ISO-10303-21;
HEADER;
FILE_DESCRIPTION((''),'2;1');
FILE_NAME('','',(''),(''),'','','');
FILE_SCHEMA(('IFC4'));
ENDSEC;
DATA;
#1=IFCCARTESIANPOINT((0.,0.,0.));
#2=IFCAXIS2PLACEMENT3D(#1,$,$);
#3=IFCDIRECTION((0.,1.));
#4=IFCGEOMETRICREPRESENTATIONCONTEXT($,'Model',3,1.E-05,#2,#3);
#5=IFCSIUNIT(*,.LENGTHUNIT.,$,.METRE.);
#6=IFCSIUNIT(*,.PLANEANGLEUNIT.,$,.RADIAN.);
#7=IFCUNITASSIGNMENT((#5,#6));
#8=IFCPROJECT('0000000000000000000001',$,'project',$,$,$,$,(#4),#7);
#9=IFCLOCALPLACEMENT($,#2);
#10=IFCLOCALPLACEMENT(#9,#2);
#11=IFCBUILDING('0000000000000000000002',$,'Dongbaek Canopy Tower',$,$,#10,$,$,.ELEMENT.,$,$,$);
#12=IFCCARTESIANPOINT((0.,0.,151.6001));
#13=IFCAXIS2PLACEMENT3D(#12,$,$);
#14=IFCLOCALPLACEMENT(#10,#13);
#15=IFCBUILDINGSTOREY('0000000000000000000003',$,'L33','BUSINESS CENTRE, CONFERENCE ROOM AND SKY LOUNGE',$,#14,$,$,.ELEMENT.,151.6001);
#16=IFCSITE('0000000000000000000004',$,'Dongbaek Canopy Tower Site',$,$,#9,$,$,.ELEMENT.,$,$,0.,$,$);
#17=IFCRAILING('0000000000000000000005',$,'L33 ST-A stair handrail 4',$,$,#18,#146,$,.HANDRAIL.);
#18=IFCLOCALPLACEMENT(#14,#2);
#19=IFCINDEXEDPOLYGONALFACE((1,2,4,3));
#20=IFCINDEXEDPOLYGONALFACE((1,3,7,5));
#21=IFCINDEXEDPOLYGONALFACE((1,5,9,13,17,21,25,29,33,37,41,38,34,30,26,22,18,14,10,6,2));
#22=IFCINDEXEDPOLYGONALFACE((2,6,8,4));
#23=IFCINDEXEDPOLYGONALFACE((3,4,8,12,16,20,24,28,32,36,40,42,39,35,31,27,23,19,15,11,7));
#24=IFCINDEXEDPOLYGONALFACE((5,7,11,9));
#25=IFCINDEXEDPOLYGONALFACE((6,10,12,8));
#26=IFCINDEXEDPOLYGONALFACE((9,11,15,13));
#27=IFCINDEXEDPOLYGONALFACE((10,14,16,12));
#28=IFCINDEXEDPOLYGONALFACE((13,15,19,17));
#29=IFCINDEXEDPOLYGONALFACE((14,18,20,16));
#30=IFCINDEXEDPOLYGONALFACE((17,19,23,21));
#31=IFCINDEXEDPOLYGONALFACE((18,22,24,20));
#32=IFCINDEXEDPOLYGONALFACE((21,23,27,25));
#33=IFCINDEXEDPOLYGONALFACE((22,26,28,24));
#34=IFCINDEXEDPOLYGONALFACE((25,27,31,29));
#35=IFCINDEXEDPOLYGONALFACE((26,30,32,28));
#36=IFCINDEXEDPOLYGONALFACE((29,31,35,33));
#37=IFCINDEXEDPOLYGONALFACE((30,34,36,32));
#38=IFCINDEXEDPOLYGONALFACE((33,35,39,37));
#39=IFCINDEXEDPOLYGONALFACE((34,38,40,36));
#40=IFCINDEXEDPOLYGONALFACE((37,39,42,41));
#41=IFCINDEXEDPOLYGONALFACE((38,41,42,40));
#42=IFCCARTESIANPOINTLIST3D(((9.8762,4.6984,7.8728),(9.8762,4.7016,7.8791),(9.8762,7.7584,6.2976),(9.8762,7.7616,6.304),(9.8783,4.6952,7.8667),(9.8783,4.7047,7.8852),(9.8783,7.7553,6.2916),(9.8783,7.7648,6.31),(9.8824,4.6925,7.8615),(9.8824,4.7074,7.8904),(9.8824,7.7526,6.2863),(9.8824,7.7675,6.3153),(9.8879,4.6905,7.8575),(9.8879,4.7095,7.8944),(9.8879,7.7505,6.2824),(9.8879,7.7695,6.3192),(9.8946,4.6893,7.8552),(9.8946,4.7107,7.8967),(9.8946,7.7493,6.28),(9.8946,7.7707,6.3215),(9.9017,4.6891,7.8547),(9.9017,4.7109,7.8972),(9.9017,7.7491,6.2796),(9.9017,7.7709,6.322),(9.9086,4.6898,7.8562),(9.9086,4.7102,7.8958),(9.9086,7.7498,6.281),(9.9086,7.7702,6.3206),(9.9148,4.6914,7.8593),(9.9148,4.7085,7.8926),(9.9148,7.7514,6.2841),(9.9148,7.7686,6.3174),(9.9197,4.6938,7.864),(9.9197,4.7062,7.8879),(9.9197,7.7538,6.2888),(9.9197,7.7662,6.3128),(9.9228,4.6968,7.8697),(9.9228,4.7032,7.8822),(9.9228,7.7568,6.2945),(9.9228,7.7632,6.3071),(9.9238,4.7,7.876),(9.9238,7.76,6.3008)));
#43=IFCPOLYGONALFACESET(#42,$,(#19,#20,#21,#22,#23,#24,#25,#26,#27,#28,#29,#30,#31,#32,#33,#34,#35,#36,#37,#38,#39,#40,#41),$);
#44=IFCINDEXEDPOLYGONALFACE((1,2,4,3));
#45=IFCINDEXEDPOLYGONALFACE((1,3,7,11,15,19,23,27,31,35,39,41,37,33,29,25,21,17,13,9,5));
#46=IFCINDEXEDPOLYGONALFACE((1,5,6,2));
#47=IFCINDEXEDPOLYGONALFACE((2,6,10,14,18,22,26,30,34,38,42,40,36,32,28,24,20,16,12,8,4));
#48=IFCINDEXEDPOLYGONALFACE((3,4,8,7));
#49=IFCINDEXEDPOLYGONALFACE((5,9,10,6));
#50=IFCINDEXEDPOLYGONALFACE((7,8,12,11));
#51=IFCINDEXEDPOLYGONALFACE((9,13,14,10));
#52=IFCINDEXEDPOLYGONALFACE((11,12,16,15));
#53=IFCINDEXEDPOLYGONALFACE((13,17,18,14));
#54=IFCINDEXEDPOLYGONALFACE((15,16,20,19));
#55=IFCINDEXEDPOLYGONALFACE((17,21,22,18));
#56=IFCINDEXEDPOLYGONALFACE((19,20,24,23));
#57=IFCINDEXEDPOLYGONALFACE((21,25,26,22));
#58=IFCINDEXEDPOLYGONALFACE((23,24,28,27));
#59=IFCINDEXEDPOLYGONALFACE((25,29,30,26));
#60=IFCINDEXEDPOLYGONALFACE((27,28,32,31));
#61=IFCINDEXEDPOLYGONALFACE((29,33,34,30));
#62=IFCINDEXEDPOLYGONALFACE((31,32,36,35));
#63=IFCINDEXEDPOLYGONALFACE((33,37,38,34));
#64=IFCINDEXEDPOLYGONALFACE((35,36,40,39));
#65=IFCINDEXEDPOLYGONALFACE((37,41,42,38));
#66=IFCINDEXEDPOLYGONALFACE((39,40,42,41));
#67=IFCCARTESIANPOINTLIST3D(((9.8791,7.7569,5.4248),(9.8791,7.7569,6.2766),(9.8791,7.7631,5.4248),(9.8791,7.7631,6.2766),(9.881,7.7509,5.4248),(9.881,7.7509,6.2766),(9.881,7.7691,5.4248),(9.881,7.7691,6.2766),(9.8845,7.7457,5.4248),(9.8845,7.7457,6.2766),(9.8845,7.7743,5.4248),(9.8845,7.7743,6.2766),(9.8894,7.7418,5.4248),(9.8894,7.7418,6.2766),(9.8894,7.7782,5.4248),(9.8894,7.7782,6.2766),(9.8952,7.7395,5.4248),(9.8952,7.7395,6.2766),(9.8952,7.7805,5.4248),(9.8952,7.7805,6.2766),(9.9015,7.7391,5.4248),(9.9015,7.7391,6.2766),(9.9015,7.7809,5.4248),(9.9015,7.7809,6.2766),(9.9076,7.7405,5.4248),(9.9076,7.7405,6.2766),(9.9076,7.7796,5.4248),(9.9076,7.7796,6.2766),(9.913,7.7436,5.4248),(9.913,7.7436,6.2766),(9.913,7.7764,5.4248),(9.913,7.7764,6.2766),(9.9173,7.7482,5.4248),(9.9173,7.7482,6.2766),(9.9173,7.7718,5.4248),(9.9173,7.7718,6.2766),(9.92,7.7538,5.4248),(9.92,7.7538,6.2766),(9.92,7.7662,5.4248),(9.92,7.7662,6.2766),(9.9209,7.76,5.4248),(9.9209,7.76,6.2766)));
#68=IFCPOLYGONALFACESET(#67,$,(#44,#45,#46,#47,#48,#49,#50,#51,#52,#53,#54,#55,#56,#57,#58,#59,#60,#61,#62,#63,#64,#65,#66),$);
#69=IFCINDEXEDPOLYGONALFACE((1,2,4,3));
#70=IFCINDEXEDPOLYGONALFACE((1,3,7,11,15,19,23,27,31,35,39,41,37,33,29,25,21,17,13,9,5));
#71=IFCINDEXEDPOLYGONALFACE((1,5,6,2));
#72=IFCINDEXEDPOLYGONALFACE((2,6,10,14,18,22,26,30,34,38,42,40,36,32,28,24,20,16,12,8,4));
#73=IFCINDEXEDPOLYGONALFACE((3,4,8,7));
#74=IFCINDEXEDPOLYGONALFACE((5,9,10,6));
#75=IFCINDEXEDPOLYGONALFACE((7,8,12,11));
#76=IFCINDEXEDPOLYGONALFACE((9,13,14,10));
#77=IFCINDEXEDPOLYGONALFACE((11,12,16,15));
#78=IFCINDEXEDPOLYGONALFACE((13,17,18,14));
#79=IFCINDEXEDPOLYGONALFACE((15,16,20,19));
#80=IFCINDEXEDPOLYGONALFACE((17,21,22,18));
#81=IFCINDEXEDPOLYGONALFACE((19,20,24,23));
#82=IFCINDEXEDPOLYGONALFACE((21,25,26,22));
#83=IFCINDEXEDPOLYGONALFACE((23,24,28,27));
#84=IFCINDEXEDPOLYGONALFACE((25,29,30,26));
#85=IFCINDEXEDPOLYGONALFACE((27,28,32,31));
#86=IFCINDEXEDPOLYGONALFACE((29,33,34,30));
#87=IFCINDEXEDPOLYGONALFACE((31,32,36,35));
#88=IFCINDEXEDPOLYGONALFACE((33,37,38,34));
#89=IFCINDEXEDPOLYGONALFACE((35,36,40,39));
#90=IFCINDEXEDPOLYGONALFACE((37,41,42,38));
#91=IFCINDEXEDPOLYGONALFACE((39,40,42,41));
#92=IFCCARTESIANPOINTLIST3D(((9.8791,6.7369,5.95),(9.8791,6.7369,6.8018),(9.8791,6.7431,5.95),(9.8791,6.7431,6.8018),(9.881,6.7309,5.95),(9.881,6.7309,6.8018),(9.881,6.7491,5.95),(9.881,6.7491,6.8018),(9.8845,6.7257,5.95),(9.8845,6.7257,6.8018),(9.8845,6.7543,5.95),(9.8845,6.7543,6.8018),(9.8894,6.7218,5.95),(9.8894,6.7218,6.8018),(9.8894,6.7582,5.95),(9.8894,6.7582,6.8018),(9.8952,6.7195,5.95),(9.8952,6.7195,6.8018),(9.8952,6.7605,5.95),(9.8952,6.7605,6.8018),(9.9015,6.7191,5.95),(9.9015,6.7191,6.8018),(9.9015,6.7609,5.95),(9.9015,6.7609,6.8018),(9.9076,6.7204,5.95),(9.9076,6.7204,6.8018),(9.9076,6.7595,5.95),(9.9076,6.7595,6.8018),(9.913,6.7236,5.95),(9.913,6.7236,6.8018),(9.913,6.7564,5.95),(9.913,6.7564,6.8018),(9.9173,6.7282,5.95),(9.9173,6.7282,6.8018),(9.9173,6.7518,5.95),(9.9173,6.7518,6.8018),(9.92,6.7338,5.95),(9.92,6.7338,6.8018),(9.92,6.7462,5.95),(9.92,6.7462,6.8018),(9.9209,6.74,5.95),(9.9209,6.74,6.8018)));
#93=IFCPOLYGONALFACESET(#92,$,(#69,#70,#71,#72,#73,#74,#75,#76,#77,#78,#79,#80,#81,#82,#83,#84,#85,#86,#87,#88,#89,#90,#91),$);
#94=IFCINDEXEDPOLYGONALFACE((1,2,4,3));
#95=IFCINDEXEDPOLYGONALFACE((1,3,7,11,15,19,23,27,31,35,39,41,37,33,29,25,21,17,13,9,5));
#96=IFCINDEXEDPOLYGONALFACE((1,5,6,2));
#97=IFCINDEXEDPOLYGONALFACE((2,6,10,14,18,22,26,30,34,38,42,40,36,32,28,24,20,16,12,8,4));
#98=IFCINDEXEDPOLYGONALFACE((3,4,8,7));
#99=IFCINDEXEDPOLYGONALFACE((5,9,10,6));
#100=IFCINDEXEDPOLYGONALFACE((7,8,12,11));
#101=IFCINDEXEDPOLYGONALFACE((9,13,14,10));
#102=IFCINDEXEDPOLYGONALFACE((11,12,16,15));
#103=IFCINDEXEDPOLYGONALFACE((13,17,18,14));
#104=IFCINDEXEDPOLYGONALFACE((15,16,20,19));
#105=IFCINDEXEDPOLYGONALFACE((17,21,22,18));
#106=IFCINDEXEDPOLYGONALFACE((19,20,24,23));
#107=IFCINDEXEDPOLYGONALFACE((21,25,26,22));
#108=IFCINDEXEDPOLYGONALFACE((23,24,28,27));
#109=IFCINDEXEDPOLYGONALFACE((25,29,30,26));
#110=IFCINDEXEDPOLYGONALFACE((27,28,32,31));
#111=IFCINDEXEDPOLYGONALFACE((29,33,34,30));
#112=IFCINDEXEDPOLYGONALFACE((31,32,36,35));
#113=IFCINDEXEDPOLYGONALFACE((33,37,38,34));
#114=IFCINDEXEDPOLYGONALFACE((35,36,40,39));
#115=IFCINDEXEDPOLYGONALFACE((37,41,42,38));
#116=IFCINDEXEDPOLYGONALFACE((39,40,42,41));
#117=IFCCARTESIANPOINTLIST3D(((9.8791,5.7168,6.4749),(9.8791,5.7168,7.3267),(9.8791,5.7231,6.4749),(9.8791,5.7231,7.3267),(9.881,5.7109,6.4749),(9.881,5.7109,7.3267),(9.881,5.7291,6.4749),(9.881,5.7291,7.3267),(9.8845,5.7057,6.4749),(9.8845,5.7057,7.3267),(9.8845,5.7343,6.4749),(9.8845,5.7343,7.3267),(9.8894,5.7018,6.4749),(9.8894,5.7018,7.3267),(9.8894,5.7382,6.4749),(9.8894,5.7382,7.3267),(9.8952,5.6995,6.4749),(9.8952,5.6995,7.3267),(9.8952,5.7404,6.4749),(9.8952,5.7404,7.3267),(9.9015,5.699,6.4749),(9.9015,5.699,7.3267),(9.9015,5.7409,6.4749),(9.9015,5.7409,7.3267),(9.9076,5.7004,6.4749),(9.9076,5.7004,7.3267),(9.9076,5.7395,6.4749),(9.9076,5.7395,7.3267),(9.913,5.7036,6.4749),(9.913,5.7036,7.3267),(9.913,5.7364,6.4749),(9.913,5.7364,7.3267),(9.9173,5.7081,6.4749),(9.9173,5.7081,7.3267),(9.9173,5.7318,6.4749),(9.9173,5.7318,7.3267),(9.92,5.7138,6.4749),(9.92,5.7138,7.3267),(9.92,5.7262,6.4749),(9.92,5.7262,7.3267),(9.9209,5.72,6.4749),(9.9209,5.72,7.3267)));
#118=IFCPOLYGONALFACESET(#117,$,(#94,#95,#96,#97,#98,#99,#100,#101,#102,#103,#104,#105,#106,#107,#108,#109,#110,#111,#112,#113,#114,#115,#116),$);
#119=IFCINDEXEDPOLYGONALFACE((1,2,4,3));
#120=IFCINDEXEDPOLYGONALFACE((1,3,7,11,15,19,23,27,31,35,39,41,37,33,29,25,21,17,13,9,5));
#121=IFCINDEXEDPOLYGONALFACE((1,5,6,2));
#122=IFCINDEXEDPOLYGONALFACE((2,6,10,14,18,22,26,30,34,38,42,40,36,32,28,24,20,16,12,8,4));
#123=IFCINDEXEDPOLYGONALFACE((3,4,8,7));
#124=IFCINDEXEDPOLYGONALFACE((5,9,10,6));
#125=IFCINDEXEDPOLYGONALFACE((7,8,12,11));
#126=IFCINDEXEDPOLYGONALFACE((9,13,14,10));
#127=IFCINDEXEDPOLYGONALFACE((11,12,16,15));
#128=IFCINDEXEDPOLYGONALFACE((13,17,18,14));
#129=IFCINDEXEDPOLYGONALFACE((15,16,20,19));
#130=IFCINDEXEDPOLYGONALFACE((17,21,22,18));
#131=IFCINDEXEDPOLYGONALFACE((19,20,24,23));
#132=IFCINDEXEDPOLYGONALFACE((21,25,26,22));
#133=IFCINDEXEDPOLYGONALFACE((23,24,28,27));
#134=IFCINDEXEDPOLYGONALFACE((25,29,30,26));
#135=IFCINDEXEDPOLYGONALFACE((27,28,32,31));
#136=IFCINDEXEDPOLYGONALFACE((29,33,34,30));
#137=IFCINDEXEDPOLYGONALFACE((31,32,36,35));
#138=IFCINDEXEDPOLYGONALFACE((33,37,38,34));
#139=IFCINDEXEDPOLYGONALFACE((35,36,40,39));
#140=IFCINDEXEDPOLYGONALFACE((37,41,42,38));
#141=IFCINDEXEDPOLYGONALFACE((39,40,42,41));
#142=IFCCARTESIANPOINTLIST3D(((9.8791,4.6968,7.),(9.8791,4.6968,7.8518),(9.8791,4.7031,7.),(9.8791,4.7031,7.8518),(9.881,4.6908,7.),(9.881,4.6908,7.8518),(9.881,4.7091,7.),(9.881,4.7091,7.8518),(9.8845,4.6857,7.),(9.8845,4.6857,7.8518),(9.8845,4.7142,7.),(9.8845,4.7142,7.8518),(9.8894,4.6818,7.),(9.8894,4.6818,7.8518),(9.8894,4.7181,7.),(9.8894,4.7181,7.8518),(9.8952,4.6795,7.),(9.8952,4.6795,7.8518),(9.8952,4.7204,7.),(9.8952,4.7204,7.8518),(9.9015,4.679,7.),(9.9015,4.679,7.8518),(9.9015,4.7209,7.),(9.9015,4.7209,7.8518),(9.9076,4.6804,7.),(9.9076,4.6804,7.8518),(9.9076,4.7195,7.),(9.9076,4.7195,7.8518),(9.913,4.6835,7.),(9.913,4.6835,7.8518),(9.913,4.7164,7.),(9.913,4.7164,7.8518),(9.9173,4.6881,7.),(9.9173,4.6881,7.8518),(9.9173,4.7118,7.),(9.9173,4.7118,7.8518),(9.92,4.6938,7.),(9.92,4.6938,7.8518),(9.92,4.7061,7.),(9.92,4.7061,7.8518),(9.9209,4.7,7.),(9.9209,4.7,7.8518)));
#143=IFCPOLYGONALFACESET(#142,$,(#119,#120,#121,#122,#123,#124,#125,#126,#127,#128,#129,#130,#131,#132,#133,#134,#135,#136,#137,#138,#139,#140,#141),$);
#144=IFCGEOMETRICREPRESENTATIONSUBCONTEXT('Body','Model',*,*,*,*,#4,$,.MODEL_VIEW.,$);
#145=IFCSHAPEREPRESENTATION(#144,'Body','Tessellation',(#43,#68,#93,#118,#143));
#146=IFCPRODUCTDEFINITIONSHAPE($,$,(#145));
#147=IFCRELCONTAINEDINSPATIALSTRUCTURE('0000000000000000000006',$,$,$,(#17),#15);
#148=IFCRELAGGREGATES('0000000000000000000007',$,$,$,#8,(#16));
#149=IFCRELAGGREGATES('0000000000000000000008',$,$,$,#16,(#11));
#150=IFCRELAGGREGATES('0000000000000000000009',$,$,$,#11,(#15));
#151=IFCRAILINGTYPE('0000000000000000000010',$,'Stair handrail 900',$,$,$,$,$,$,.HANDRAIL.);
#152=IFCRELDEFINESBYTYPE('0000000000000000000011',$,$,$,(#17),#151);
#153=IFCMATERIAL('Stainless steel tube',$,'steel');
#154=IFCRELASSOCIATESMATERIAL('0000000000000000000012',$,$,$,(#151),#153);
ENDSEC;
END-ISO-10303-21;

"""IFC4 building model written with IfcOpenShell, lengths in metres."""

from ifc_helpers import new_model, si_unit, direction, frame, origin, origin_2d, place, context, subcontext, project, spatial, circle, extrude, material, type_object, element, save


model = new_model("IFC4")

# Units and contexts
model_context = context("Model", 3, precision=1e-05, world=origin(), true_north=direction((0.0, 1.0)))
body_context = subcontext(model_context, "Body", "Model", "MODEL_VIEW")
ifc_project = project(units=[si_unit("LENGTHUNIT", "METRE"), si_unit("PLANEANGLEUNIT", "RADIAN")], contexts=[model_context])

# Site, building, storey
site_placement = place(None, origin())
site = spatial("IfcSite", under=ifc_project, at=site_placement, Name="Dongbaek Canopy Tower Site", CompositionType="ELEMENT", RefElevation=0.0)
building_placement = place(site_placement, origin())
building = spatial("IfcBuilding", under=site, at=building_placement, Name="Dongbaek Canopy Tower", CompositionType="ELEMENT")
storey_placement = place(building_placement, frame((0.0, 0.0, 151.6001)))
storey = spatial("IfcBuildingStorey", under=building, at=storey_placement, Name="L33", Description="BUSINESS CENTRE, CONFERENCE ROOM AND SKY LOUNGE", CompositionType="ELEMENT", Elevation=151.6001)

# Railing
ifc_material_1 = material(Name="Stainless steel tube", Category="steel")
railing_type_1 = type_object("IfcRailingType", Name="Stair handrail 900", PredefinedType="HANDRAIL", material=ifc_material_1)
for number, where, name in (
    (1, (9.8999, 7.76, 5.4248), "L33 ST-A stair handrail 4"),
):
    element("IfcRailing", number, at=place(storey_placement, frame(where)), inside=storey, type_object=railing_type_1, Name=name, PredefinedType="HANDRAIL", context=body_context, shape_type="SweptSolid", body=[
        extrude(circle(Radius=0.0239, at=origin_2d()), frame((0.0, 0.0, 0.876), z_axis=(0.0, -0.889116, 0.457681), x_axis=(1.0, 0.0, 0.0)), (0.0, 0.0, 1.0), 3.4417),
        extrude(circle(Radius=0.021, at=origin_2d()), origin(), (0.0, 0.0, 1.0), 0.8518),
        extrude(circle(Radius=0.021, at=origin_2d()), frame((0.0, -1.02, 0.5251)), (0.0, 0.0, 1.0), 0.8518),
        extrude(circle(Radius=0.021, at=origin_2d()), frame((0.0, -2.04, 1.05)), (0.0, 0.0, 1.0), 0.8518),
        extrude(circle(Radius=0.021, at=origin_2d()), frame((0.0, -3.0601, 1.5752)), (0.0, 0.0, 1.0), 0.8518),
    ])

save(model, "model.ifc")
